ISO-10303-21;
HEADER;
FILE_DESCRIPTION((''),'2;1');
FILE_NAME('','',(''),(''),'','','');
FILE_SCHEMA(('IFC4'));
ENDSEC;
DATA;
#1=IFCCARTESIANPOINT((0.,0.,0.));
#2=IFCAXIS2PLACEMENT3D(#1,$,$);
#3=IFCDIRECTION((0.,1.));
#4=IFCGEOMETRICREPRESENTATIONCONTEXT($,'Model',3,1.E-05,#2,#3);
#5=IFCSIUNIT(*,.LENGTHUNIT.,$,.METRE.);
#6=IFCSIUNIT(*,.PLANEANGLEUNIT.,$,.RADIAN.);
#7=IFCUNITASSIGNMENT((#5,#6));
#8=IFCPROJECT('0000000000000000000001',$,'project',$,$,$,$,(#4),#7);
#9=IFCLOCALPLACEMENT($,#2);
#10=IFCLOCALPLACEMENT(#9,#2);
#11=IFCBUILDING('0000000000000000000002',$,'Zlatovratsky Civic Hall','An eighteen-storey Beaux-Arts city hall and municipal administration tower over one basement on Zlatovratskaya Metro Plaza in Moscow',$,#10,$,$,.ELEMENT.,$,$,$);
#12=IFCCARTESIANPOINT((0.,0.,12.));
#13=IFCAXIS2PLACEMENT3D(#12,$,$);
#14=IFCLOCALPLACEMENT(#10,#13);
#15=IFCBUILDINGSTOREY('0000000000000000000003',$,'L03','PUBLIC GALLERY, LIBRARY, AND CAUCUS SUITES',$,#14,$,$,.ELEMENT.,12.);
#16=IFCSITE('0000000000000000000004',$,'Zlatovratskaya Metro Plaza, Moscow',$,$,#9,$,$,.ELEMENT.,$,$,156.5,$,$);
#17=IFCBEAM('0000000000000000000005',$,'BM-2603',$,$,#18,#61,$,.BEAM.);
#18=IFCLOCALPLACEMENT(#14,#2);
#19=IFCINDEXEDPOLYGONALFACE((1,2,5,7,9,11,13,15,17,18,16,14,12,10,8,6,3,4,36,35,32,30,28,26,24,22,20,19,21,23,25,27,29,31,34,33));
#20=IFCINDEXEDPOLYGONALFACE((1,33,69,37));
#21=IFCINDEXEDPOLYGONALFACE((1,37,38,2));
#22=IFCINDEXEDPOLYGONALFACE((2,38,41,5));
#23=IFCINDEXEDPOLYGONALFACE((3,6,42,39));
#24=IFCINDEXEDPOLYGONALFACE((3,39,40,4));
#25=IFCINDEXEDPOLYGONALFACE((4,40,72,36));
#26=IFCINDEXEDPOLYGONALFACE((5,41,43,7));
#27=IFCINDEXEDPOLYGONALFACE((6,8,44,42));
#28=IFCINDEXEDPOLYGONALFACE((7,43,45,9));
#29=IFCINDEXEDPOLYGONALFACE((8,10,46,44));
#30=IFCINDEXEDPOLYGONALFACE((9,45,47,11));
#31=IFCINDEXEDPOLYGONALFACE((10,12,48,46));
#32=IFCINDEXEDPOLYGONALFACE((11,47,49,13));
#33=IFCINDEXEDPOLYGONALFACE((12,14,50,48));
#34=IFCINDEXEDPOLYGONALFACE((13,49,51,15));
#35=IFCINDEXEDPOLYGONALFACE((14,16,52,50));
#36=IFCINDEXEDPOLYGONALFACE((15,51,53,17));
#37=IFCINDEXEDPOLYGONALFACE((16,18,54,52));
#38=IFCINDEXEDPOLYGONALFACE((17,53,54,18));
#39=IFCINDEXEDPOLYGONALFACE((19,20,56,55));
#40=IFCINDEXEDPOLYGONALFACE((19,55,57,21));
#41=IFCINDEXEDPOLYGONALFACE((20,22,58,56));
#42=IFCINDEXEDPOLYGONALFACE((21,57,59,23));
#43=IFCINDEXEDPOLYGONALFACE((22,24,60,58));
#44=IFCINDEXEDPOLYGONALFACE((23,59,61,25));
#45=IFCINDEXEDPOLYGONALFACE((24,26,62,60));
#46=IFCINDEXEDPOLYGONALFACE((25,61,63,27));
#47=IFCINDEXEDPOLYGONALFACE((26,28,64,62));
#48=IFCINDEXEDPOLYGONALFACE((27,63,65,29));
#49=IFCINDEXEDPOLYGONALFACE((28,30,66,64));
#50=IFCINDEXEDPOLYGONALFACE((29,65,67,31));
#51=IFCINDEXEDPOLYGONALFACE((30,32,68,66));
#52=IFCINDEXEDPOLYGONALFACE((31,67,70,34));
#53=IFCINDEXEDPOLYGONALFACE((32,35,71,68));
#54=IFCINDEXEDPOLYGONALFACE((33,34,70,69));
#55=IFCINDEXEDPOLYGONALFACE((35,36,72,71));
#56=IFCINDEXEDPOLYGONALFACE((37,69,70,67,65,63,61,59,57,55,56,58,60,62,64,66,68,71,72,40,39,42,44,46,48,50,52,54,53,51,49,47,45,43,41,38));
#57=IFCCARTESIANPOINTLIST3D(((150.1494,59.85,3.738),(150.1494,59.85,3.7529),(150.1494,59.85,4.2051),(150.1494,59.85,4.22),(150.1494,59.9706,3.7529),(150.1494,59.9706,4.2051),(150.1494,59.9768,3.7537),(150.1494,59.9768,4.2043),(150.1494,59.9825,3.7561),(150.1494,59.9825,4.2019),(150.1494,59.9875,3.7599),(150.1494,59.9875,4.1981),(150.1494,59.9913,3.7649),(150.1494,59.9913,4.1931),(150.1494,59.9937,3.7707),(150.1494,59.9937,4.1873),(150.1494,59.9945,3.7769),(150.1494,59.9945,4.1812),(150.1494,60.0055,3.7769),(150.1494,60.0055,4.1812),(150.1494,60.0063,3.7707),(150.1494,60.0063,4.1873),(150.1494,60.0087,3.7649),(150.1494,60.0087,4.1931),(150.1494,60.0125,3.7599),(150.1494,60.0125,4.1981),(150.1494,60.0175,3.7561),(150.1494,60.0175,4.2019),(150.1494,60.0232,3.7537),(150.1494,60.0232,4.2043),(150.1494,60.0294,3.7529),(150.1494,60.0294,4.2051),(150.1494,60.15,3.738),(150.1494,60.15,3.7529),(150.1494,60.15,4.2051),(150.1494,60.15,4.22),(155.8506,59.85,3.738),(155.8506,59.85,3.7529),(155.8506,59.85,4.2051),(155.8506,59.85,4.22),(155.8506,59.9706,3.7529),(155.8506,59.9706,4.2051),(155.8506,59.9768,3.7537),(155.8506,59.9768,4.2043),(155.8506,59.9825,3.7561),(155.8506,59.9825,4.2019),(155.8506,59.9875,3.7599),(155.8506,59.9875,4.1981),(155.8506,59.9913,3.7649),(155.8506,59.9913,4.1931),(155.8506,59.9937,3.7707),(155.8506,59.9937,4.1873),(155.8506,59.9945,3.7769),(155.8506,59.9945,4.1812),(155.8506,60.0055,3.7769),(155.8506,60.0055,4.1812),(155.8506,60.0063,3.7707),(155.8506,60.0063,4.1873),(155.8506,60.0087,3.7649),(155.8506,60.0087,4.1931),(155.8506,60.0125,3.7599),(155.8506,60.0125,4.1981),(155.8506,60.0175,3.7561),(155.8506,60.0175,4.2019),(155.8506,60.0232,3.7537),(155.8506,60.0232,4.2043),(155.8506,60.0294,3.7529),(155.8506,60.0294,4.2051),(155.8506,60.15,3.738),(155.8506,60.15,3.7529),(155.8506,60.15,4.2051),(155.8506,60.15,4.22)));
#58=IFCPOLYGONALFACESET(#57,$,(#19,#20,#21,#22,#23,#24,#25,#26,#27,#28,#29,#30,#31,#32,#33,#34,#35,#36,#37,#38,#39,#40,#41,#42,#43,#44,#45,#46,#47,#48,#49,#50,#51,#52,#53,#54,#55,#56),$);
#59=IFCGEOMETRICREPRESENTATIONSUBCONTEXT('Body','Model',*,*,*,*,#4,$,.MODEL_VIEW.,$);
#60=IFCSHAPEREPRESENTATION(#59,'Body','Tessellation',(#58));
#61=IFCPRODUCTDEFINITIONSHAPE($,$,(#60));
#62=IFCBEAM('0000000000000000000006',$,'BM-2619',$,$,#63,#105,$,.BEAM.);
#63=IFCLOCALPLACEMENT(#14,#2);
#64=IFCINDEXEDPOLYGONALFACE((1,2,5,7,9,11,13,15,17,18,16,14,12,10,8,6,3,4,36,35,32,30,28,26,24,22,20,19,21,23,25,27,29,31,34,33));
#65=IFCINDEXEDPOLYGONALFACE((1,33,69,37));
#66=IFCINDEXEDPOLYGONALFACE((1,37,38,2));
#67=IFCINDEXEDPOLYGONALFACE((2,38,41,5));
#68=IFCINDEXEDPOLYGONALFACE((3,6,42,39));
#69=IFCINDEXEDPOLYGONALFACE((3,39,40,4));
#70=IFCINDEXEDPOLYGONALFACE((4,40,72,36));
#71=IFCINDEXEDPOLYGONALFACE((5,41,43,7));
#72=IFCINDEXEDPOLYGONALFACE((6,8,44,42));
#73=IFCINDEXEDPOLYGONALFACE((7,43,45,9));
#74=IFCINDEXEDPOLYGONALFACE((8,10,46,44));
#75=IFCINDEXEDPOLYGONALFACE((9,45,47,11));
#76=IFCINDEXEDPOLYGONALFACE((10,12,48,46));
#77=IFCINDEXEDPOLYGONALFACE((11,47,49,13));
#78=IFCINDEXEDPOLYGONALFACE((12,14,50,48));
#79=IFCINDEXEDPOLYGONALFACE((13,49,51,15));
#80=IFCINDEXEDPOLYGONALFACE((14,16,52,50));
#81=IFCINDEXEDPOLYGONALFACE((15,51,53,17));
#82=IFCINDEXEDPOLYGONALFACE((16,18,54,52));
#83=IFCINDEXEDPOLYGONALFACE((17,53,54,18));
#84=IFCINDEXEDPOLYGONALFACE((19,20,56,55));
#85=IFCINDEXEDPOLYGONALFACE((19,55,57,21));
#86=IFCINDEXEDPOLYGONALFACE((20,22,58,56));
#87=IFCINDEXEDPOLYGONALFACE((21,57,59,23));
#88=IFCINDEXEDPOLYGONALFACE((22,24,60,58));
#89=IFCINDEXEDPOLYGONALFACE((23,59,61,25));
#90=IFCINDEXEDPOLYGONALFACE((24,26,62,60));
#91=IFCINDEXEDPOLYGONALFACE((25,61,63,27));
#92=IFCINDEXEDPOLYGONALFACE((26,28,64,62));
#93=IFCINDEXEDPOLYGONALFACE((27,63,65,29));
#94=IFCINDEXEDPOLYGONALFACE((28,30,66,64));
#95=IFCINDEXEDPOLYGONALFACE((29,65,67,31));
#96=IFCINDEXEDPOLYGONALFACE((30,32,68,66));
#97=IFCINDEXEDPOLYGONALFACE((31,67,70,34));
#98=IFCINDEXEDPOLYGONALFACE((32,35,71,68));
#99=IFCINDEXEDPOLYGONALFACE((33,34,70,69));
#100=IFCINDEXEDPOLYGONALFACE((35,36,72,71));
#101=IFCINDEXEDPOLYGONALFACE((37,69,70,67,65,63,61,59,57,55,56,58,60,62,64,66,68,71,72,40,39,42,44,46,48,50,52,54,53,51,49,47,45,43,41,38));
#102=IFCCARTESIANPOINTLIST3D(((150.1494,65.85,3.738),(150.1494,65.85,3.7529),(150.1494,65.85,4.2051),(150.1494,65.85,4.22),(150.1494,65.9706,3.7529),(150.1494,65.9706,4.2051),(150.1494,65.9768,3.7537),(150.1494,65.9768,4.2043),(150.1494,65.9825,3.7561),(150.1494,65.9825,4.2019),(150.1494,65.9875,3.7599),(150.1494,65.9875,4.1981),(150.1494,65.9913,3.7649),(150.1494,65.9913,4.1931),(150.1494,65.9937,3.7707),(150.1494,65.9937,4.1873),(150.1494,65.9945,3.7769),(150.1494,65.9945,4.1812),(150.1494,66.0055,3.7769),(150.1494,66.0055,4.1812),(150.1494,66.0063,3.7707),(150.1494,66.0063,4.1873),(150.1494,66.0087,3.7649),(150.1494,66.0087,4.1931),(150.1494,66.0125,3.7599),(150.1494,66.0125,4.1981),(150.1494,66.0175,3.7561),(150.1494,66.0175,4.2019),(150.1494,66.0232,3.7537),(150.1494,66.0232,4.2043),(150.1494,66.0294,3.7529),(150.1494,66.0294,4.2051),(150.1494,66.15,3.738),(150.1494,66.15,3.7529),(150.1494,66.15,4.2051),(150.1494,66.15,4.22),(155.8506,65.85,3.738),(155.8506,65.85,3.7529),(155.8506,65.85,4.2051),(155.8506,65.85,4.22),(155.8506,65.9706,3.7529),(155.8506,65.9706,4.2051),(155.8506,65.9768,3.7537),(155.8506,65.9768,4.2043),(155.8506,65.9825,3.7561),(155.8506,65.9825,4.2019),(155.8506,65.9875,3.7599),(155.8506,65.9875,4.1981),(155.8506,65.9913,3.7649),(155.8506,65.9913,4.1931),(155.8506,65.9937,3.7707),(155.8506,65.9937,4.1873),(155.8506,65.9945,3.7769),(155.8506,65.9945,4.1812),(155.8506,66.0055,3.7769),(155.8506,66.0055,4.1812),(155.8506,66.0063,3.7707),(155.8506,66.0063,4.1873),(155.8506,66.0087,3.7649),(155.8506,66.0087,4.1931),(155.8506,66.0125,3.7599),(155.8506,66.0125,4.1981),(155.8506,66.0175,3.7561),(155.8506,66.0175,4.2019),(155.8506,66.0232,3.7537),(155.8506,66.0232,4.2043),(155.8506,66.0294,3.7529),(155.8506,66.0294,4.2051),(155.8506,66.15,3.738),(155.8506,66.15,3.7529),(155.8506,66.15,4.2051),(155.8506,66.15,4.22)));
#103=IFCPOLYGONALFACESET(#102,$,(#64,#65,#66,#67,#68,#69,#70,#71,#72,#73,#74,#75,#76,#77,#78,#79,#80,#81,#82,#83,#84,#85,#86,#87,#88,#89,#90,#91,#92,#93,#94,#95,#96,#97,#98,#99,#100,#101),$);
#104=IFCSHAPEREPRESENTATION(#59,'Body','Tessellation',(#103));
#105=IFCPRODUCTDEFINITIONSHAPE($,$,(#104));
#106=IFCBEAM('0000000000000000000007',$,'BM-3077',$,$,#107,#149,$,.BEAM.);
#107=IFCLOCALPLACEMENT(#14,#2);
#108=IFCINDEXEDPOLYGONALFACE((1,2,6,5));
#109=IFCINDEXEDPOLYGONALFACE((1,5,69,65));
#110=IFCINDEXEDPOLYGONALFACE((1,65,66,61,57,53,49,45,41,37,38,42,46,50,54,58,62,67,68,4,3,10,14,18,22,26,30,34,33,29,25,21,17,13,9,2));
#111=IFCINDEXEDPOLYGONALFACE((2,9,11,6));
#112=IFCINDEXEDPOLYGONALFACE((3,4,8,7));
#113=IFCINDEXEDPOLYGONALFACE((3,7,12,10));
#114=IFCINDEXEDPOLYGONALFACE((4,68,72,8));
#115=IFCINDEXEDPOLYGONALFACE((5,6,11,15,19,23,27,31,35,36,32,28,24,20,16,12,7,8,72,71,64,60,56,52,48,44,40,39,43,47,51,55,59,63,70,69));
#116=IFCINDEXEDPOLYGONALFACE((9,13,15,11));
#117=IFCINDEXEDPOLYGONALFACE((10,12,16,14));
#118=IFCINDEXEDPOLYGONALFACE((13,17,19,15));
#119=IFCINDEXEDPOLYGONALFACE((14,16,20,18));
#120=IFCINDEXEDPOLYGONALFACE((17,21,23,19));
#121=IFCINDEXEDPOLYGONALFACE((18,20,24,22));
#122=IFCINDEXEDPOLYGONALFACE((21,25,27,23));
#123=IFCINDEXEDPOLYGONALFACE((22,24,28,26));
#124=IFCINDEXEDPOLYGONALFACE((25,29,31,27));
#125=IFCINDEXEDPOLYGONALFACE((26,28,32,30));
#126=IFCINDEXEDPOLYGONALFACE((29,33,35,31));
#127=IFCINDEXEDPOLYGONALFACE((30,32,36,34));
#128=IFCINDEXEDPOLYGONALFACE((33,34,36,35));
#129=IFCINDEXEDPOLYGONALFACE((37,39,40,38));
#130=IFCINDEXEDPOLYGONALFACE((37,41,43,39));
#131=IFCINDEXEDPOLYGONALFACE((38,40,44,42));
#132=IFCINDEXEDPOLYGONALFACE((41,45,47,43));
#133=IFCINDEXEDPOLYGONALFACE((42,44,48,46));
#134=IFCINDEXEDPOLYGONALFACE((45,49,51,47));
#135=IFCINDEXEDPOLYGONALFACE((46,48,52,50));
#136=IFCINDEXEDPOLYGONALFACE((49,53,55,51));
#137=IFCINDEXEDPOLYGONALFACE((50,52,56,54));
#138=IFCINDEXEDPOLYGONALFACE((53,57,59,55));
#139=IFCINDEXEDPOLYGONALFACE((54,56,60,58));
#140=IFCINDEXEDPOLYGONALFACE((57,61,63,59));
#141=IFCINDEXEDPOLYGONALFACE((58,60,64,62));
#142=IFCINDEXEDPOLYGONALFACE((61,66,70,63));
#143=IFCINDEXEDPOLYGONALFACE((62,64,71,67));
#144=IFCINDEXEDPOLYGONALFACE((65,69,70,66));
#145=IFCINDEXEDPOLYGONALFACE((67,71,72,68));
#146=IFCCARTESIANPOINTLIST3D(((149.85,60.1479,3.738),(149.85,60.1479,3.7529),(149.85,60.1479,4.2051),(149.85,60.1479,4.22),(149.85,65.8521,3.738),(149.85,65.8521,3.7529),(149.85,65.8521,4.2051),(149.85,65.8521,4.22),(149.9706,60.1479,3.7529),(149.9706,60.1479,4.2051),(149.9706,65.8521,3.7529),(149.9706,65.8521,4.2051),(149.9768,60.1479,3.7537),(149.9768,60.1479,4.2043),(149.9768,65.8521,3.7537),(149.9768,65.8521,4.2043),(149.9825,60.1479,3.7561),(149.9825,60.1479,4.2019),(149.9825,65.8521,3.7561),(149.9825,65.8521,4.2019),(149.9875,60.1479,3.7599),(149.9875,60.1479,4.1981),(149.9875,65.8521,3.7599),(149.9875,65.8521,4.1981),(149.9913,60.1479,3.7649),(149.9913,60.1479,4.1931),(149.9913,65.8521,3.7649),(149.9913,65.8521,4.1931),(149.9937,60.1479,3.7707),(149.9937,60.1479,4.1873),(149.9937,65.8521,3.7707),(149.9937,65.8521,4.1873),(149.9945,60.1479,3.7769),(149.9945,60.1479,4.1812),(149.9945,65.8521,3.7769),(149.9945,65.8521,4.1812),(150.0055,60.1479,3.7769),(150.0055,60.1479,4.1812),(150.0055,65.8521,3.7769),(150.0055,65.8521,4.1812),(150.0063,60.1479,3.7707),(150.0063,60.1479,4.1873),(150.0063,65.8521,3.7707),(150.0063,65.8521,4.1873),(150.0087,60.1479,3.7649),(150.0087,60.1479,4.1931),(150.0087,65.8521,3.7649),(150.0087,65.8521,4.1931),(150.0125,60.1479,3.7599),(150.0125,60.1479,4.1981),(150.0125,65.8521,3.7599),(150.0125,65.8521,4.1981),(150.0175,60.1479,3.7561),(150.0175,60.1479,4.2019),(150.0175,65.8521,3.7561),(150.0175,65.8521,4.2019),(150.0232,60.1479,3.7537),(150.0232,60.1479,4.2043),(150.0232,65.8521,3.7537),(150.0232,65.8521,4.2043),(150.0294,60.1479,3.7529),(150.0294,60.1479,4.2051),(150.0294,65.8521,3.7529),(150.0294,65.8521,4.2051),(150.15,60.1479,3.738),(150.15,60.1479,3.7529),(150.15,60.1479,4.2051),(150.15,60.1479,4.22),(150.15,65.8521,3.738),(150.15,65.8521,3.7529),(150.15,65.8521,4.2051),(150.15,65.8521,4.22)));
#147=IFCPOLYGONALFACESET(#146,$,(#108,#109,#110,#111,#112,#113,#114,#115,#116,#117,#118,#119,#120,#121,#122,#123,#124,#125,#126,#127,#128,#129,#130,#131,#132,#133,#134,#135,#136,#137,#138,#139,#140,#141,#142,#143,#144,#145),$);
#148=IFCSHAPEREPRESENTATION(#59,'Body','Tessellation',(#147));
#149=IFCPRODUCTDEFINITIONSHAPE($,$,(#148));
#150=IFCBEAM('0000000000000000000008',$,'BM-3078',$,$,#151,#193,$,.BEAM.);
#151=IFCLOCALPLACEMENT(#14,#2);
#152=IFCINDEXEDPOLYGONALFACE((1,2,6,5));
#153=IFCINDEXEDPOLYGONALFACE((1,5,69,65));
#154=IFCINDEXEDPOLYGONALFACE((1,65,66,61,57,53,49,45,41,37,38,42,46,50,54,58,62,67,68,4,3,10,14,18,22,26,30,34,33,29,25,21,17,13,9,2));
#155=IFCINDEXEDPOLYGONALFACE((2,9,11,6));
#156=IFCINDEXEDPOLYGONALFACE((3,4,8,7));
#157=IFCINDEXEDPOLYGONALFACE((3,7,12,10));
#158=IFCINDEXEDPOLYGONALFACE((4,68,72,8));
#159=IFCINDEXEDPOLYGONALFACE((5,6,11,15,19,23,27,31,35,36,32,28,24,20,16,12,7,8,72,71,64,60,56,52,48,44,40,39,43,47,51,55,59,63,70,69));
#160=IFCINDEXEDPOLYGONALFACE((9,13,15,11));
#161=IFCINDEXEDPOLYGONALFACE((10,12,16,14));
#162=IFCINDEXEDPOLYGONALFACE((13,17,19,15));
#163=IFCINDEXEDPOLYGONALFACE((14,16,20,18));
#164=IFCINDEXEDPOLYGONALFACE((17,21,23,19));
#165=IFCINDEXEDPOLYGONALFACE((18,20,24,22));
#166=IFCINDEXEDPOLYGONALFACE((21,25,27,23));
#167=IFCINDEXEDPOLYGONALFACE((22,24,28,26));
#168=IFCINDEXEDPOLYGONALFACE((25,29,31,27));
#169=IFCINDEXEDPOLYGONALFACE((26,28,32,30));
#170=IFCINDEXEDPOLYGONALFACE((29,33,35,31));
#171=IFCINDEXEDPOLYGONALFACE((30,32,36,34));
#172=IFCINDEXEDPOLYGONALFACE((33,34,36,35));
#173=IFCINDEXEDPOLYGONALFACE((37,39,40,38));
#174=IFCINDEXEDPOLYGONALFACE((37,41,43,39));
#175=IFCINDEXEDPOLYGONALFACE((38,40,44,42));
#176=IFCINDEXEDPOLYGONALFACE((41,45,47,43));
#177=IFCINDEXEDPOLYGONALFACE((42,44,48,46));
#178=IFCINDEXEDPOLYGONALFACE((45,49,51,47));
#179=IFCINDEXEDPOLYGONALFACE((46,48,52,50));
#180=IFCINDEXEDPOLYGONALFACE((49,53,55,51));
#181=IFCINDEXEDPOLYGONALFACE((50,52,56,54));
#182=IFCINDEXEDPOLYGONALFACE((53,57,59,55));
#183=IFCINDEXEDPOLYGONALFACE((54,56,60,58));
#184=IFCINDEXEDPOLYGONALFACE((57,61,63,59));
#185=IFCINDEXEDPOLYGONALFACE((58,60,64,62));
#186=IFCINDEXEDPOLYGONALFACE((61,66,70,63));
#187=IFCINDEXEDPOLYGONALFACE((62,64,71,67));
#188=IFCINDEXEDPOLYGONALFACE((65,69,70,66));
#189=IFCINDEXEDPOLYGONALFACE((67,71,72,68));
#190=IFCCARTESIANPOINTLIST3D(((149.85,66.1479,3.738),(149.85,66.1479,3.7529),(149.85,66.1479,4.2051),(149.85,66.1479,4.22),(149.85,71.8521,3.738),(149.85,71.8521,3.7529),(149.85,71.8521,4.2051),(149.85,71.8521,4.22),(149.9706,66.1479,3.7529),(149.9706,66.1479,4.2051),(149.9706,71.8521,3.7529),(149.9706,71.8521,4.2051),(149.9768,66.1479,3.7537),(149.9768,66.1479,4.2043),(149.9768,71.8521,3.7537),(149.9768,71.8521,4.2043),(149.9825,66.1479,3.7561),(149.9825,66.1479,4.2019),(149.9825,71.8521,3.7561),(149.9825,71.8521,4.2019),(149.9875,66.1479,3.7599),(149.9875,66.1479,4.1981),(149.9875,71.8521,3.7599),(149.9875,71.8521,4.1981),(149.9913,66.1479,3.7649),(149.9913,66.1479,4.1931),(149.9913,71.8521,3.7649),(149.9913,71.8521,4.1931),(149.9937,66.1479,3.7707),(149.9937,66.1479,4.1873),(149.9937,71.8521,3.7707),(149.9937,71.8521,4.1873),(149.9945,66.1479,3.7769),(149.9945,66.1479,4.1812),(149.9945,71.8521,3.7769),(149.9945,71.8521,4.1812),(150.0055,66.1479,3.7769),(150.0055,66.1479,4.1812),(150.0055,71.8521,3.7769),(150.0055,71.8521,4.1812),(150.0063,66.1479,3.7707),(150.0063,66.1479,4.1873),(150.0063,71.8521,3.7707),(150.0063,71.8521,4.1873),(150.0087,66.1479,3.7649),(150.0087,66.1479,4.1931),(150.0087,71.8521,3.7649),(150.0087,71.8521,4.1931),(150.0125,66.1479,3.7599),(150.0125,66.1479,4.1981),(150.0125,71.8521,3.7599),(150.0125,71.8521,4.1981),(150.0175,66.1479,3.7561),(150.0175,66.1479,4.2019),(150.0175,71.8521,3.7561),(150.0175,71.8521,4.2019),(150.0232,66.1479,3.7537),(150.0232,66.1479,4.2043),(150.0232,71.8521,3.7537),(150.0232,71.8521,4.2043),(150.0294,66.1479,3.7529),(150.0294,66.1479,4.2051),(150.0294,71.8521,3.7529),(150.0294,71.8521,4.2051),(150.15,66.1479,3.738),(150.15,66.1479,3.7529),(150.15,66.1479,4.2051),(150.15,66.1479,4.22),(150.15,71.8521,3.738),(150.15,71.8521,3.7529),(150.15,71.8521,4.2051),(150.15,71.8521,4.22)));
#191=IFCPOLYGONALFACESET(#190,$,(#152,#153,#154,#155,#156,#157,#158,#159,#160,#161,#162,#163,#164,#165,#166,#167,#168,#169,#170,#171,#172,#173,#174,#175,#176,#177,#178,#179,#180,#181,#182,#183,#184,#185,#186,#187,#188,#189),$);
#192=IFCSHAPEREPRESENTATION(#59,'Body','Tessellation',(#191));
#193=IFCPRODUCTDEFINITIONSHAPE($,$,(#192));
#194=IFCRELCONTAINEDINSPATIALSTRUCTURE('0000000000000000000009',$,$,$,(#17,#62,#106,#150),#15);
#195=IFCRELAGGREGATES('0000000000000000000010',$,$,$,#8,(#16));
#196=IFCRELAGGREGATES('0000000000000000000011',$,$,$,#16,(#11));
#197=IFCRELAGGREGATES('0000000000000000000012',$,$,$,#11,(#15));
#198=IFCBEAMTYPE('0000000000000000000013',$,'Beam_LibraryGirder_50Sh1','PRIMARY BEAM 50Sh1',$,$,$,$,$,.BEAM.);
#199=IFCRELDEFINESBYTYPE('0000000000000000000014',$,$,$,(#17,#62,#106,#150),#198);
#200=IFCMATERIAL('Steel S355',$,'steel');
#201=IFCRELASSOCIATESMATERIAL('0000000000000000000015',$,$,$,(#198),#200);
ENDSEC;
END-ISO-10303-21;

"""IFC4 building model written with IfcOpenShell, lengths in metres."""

from ifc_helpers import new_model, si_unit, direction, frame, origin, origin_2d, place, context, subcontext, project, spatial, i_section, extrude, material, material_profile, profile_set, type_object, element, save


model = new_model("IFC4")

# Units and contexts
model_context = context("Model", 3, precision=1e-05, world=origin(), true_north=direction((0.0, 1.0)))
body_context = subcontext(model_context, "Body", "Model", "MODEL_VIEW")
ifc_project = project(units=[si_unit("LENGTHUNIT", "METRE"), si_unit("PLANEANGLEUNIT", "RADIAN")], contexts=[model_context])

# Site, building, storey
site_placement = place(None, origin())
site = spatial("IfcSite", under=ifc_project, at=site_placement, Name="Zlatovratskaya Metro Plaza, Moscow", CompositionType="ELEMENT", RefElevation=156.5)
building_placement = place(site_placement, origin())
building = spatial("IfcBuilding", under=site, at=building_placement, Name="Zlatovratsky Civic Hall", Description="An eighteen-storey Beaux-Arts city hall and municipal administration tower over one basement on Zlatovratskaya Metro Plaza in Moscow", CompositionType="ELEMENT")
storey_placement = place(building_placement, frame((0.0, 0.0, 12.0)))
storey = spatial("IfcBuildingStorey", under=building, at=storey_placement, Name="L03", Description="PUBLIC GALLERY, LIBRARY, AND CAUCUS SUITES", CompositionType="ELEMENT", Elevation=12.0)

# Shared definitions
ifc_material_1 = material(Name="Steel S355", Category="steel")

# Beams
ifc_material_profile_1 = material_profile(ifc_material_1, i_section(OverallWidth=0.3, OverallDepth=0.4819, WebThickness=0.011, FlangeThickness=0.0149, FilletRadius=0.0239, at=origin_2d()), Name="50Sh1")
ifc_profile_set_1 = profile_set([ifc_material_profile_1], Name="Steel S355")
beam_type = type_object("IfcBeamType", Name="Beam_LibraryGirder_50Sh1", Description="PRIMARY BEAM 50Sh1", PredefinedType="BEAM", material=ifc_profile_set_1)
for number, where, z_axis, x_axis, name in (
    (1, (150.1494, 60.0, 3.979), (1.0, 0.0, 0.0), (0.0, 1.0, 0.0), "BM-2603"),
    (2, (150.1494, 66.0, 3.979), (1.0, 0.0, 0.0), (0.0, 1.0, 0.0), "BM-2619"),
):
    element("IfcBeam", number, at=place(storey_placement, frame(where, z_axis=z_axis, x_axis=x_axis)), inside=storey, type_object=beam_type, Name=name, PredefinedType="BEAM", context=body_context, shape_type="SweptSolid", body=[
        extrude(i_section(OverallWidth=0.3, OverallDepth=0.4819, WebThickness=0.011, FlangeThickness=0.0149, FilletRadius=0.0239, at=origin_2d()), origin(), (0.0, 0.0, 1.0), 5.7012),
    ])
for number, where, z_axis, x_axis, name in (
    (3, (150.0, 60.1479, 3.979), (0.0, 1.0, 0.0), (-1.0, 0.0, 0.0), "BM-3077"),
    (4, (150.0, 66.1479, 3.979), (0.0, 1.0, 0.0), (-1.0, 0.0, 0.0), "BM-3078"),
):
    element("IfcBeam", number, at=place(storey_placement, frame(where, z_axis=z_axis, x_axis=x_axis)), inside=storey, type_object=beam_type, Name=name, PredefinedType="BEAM", context=body_context, shape_type="SweptSolid", body=[
        extrude(i_section(OverallWidth=0.3, OverallDepth=0.4819, WebThickness=0.011, FlangeThickness=0.0149, FilletRadius=0.0239, at=origin_2d()), origin(), (0.0, 0.0, 1.0), 5.7041),
    ])

save(model, "model.ifc")
